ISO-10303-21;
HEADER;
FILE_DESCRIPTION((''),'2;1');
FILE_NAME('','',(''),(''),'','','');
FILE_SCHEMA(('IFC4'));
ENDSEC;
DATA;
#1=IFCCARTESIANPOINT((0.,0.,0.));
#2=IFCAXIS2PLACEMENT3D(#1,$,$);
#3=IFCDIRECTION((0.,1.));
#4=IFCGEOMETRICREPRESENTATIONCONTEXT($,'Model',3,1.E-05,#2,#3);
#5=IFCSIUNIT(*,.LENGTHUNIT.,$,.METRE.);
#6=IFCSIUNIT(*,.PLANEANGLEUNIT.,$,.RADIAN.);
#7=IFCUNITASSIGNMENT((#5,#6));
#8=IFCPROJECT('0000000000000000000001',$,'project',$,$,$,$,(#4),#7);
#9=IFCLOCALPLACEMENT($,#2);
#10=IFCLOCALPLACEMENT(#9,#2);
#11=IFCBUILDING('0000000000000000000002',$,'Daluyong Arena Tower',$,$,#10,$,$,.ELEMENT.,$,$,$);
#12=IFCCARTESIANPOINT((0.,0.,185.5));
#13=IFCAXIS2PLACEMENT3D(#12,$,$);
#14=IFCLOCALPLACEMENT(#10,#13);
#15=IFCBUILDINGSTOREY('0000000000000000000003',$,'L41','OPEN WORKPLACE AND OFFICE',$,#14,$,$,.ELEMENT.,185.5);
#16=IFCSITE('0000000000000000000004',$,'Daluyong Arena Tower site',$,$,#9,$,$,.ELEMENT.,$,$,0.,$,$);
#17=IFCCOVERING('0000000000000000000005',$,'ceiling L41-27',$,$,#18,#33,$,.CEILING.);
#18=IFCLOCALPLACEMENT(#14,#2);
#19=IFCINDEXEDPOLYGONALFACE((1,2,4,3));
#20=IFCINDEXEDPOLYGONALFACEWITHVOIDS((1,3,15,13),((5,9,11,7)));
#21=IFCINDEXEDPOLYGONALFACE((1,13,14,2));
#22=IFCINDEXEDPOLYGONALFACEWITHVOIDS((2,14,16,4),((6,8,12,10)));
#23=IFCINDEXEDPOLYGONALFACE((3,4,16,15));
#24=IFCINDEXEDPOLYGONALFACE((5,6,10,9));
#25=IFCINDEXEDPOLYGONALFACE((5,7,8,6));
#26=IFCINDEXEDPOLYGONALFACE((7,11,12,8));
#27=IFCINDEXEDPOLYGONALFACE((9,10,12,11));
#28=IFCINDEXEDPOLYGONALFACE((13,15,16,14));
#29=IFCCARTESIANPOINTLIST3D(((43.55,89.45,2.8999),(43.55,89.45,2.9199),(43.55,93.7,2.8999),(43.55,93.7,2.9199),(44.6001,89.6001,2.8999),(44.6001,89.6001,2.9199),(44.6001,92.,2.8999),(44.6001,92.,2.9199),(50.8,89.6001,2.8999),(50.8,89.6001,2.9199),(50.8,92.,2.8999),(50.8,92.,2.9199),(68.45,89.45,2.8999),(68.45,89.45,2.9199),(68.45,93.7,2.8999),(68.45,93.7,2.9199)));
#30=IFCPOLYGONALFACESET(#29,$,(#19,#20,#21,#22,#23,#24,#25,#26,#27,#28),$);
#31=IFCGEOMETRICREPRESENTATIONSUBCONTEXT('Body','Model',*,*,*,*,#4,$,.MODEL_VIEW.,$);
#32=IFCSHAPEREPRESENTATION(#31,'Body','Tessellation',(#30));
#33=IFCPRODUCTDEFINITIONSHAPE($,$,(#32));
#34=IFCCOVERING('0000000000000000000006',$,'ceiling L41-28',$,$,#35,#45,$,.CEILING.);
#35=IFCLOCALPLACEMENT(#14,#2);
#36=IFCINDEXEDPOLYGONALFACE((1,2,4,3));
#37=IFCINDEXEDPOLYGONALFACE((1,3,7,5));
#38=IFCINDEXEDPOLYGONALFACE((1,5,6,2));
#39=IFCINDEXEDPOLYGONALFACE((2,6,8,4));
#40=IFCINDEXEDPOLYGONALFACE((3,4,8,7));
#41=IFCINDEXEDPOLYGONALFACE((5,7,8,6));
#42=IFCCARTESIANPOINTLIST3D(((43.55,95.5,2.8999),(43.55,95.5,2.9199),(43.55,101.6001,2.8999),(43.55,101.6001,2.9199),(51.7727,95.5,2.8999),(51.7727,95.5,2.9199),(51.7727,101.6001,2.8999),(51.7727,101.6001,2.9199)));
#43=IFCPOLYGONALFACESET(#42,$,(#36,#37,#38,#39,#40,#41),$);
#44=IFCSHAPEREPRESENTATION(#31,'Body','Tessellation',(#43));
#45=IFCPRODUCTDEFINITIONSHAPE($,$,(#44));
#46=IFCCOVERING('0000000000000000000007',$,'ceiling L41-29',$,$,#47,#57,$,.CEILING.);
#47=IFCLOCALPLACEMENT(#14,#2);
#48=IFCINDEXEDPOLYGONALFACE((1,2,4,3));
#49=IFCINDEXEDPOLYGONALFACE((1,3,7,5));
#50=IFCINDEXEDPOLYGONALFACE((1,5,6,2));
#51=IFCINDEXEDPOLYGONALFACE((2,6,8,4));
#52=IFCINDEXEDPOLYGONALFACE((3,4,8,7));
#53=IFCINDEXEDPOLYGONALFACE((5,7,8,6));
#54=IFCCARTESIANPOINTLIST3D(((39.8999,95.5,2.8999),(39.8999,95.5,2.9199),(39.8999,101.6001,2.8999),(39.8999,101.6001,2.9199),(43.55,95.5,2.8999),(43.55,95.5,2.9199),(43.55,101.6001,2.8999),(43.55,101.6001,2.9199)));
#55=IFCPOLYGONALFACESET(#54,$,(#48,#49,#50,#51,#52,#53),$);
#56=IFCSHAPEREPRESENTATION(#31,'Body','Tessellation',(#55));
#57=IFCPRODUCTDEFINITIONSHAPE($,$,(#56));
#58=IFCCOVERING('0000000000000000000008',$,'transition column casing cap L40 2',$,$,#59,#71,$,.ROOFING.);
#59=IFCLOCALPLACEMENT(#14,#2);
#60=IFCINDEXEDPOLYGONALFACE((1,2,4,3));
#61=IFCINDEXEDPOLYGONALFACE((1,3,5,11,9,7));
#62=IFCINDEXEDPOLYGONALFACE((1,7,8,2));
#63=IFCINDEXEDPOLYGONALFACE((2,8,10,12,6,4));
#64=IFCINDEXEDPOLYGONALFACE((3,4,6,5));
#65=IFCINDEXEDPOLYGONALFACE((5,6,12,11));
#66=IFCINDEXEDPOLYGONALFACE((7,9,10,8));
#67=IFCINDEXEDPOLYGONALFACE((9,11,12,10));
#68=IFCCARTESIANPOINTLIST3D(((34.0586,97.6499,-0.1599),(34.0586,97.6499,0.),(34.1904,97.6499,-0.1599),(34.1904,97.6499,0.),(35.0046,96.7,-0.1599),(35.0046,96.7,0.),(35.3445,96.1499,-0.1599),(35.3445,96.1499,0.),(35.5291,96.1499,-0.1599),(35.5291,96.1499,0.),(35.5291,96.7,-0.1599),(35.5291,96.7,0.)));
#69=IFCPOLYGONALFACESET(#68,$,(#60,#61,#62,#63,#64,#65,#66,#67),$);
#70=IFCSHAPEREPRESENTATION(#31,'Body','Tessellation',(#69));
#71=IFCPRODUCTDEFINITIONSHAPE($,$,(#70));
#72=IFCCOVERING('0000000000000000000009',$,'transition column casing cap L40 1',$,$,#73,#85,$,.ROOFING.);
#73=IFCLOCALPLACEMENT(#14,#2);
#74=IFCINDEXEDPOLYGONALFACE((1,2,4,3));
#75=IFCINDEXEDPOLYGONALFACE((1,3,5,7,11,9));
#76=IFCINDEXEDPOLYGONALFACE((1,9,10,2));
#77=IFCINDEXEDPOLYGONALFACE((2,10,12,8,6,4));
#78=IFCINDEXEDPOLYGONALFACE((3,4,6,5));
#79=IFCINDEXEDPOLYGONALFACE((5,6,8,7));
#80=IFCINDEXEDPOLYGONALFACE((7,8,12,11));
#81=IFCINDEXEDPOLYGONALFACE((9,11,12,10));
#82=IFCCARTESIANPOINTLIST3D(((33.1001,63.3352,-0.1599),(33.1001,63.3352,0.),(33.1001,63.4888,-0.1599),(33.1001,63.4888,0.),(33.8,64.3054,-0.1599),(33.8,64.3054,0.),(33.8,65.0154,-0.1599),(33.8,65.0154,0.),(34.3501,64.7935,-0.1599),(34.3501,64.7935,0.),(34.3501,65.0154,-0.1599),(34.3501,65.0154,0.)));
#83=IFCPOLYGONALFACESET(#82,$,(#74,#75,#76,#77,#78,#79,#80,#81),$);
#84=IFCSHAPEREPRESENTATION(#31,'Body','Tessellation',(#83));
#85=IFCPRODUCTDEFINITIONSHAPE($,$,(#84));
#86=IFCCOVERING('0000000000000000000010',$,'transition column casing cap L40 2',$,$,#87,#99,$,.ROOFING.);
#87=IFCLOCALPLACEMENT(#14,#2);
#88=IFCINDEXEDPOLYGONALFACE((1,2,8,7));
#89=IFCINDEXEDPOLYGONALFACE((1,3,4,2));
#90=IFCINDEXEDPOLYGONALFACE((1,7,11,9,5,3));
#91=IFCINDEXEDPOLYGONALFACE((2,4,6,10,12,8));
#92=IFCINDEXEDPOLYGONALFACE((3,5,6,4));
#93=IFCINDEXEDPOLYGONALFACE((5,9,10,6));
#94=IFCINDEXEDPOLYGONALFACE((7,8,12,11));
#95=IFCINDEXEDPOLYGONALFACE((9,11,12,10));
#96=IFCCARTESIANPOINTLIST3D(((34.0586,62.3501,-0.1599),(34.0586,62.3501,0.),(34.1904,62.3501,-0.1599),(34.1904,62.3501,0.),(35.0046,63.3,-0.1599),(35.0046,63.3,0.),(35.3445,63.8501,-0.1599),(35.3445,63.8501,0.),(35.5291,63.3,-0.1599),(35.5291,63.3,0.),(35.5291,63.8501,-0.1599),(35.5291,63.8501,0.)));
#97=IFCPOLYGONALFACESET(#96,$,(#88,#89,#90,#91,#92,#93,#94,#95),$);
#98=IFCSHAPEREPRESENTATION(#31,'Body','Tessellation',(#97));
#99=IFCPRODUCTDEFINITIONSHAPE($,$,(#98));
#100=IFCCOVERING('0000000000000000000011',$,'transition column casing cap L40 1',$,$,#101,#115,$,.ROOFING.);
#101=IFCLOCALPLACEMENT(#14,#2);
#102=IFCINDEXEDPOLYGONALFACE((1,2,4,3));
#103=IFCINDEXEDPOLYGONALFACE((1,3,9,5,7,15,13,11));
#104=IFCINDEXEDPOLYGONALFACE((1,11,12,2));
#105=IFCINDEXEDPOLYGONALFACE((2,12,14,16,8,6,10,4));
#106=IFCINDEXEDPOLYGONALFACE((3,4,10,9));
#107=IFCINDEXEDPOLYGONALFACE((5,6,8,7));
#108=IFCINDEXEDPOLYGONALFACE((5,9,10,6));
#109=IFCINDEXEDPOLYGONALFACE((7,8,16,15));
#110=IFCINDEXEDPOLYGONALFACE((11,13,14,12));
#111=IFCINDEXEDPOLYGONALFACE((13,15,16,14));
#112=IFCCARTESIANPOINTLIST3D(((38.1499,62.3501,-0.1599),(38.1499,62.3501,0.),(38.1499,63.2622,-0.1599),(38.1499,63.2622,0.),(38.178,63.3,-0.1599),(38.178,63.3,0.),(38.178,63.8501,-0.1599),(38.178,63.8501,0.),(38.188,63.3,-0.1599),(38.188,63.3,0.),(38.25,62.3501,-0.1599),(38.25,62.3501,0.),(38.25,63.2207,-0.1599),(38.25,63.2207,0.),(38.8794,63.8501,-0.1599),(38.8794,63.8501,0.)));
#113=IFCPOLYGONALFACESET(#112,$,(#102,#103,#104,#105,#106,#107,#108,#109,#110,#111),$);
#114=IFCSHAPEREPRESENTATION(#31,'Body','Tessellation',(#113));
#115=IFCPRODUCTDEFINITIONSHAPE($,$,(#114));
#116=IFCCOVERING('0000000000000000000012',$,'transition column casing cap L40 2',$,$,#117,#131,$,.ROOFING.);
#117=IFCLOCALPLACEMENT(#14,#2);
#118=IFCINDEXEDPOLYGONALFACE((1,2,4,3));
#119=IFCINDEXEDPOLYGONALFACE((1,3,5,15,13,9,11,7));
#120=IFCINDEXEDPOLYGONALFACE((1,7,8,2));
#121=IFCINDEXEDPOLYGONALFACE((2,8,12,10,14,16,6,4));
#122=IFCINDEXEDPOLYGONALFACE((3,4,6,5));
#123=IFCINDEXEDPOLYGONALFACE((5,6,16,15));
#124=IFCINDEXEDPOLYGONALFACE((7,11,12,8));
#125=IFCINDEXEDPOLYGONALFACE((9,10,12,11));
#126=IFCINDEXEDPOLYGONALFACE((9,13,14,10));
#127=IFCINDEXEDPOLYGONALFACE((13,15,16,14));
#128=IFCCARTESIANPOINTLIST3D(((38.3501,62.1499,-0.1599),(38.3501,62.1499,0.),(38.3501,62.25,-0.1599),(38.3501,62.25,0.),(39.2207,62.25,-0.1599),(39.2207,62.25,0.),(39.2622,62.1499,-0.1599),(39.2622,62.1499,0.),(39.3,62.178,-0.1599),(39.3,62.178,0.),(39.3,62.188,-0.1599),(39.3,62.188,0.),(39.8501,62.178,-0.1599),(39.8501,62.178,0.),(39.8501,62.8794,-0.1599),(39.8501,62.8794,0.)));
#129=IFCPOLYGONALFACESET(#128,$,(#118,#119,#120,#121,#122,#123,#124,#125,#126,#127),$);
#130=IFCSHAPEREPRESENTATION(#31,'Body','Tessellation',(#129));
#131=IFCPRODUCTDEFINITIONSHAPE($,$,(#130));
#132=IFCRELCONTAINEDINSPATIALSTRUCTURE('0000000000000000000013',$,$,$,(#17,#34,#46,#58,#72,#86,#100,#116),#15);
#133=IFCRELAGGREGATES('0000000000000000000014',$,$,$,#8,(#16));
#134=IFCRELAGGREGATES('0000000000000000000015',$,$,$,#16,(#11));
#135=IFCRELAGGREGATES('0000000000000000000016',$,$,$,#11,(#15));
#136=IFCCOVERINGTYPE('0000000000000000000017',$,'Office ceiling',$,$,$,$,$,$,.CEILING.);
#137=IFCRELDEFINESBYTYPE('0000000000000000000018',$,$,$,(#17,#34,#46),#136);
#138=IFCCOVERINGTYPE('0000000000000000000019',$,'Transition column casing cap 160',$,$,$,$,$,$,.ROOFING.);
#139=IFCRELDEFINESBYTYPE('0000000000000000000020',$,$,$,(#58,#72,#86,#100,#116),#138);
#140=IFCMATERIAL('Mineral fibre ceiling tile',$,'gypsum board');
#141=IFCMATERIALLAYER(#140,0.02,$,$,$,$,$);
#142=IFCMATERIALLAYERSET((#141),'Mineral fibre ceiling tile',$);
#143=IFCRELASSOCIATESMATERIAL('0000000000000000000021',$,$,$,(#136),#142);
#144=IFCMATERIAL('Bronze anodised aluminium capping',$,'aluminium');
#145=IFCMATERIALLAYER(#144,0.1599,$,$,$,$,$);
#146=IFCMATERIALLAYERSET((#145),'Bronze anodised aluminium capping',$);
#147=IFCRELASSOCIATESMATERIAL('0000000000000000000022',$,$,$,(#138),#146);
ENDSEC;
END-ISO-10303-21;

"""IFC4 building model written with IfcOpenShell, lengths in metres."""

from ifc_helpers import new_model, si_unit, direction, frame, origin, place, context, subcontext, project, spatial, polyline, outline, extrude, material, layer, layer_set, type_object, element, save


model = new_model("IFC4")

# Units and contexts
model_context = context("Model", 3, precision=1e-05, world=origin(), true_north=direction((0.0, 1.0)))
body_context = subcontext(model_context, "Body", "Model", "MODEL_VIEW")
ifc_project = project(units=[si_unit("LENGTHUNIT", "METRE"), si_unit("PLANEANGLEUNIT", "RADIAN")], contexts=[model_context])

# Site, building, storey
site_placement = place(None, origin())
site = spatial("IfcSite", under=ifc_project, at=site_placement, Name="Daluyong Arena Tower site", CompositionType="ELEMENT", RefElevation=0.0)
building_placement = place(site_placement, origin())
building = spatial("IfcBuilding", under=site, at=building_placement, Name="Daluyong Arena Tower", CompositionType="ELEMENT")
storey_placement = place(building_placement, frame((0.0, 0.0, 185.5)))
storey = spatial("IfcBuildingStorey", under=building, at=storey_placement, Name="L41", Description="OPEN WORKPLACE AND OFFICE", CompositionType="ELEMENT", Elevation=185.5)

# Coverings
ifc_material_1 = material(Name="Mineral fibre ceiling tile", Category="gypsum board")
ifc_layer_1 = layer(ifc_material_1, 0.02)
ifc_layer_set_1 = layer_set([ifc_layer_1], Name="Mineral fibre ceiling tile")
covering_type_1 = type_object("IfcCoveringType", Name="Office ceiling", PredefinedType="CEILING", material=ifc_layer_set_1)
covering_1_placement = place(storey_placement, frame((0.0, 0.0, 2.8999)))
element("IfcCovering", 1, at=covering_1_placement, inside=storey, type_object=covering_type_1, Name="ceiling L41-27", PredefinedType="CEILING", context=body_context, shape_type="SweptSolid", body=[
    extrude(outline(polyline([(43.55, 89.45), (68.45, 89.45), (68.45, 93.7), (43.55, 93.7), (43.55, 89.45)]), holes=[polyline([(50.8, 89.6001), (44.6001, 89.6001), (44.6001, 92.0), (50.8, 92.0), (50.8, 89.6001)])]), origin(), (0.0, 0.0, 1.0), 0.02),
])
covering_2_placement = place(storey_placement, frame((0.0, 0.0, 2.8999)))
element("IfcCovering", 2, at=covering_2_placement, inside=storey, type_object=covering_type_1, Name="ceiling L41-28", PredefinedType="CEILING", context=body_context, shape_type="SweptSolid", body=[
    extrude(outline(polyline([(51.7727, 101.6001), (43.55, 101.6001), (43.55, 95.5), (51.7727, 95.5), (51.7727, 101.6001)])), origin(), (0.0, 0.0, 1.0), 0.02),
])
covering_3_placement = place(storey_placement, frame((0.0, 0.0, 2.8999)))
element("IfcCovering", 3, at=covering_3_placement, inside=storey, type_object=covering_type_1, Name="ceiling L41-29", PredefinedType="CEILING", context=body_context, shape_type="SweptSolid", body=[
    extrude(outline(polyline([(39.8999, 95.5), (43.55, 95.5), (43.55, 101.6001), (39.8999, 101.6001), (39.8999, 95.5)])), origin(), (0.0, 0.0, 1.0), 0.02),
])
ifc_material_2 = material(Name="Bronze anodised aluminium capping", Category="aluminium")
ifc_layer_2 = layer(ifc_material_2, 0.1599)
ifc_layer_set_2 = layer_set([ifc_layer_2], Name="Bronze anodised aluminium capping")
covering_type_2 = type_object("IfcCoveringType", Name="Transition column casing cap 160", PredefinedType="ROOFING", material=ifc_layer_set_2)
covering_4_placement = place(storey_placement, frame((0.0, 0.0, -0.1599)))
element("IfcCovering", 4, at=covering_4_placement, inside=storey, type_object=covering_type_2, Name="transition column casing cap L40 2", PredefinedType="ROOFING", context=body_context, shape_type="SweptSolid", body=[
    extrude(outline(polyline([(35.5291, 96.7), (35.5291, 96.1499), (35.3445, 96.1499), (34.0586, 97.6499), (34.1904, 97.6499), (35.0046, 96.7), (35.5291, 96.7)])), origin(), (0.0, 0.0, 1.0), 0.1599),
])
covering_5_placement = place(storey_placement, frame((0.0, 0.0, -0.1599)))
element("IfcCovering", 5, at=covering_5_placement, inside=storey, type_object=covering_type_2, Name="transition column casing cap L40 1", PredefinedType="ROOFING", context=body_context, shape_type="SweptSolid", body=[
    extrude(outline(polyline([(33.8, 65.0154), (34.3501, 65.0154), (34.3501, 64.7935), (33.1001, 63.3352), (33.1001, 63.4888), (33.8, 64.3054), (33.8, 65.0154)])), origin(), (0.0, 0.0, 1.0), 0.1599),
])
covering_6_placement = place(storey_placement, frame((0.0, 0.0, -0.1599)))
element("IfcCovering", 6, at=covering_6_placement, inside=storey, type_object=covering_type_2, Name="transition column casing cap L40 2", PredefinedType="ROOFING", context=body_context, shape_type="SweptSolid", body=[
    extrude(outline(polyline([(35.5291, 63.3), (35.0046, 63.3), (34.1904, 62.3501), (34.0586, 62.3501), (35.3445, 63.8501), (35.5291, 63.8501), (35.5291, 63.3)])), origin(), (0.0, 0.0, 1.0), 0.1599),
])
covering_7_placement = place(storey_placement, frame((0.0, 0.0, -0.1599)))
element("IfcCovering", 7, at=covering_7_placement, inside=storey, type_object=covering_type_2, Name="transition column casing cap L40 1", PredefinedType="ROOFING", context=body_context, shape_type="SweptSolid", body=[
    extrude(outline(polyline([(38.188, 63.3), (38.178, 63.3), (38.178, 63.8501), (38.8794, 63.8501), (38.25, 63.2207), (38.25, 62.3501), (38.1499, 62.3501), (38.1499, 63.2622), (38.188, 63.3)])), origin(), (0.0, 0.0, 1.0), 0.1599),
])
covering_8_placement = place(storey_placement, frame((0.0, 0.0, -0.1599)))
element("IfcCovering", 8, at=covering_8_placement, inside=storey, type_object=covering_type_2, Name="transition column casing cap L40 2", PredefinedType="ROOFING", context=body_context, shape_type="SweptSolid", body=[
    extrude(outline(polyline([(39.8501, 62.8794), (39.8501, 62.178), (39.3, 62.178), (39.3, 62.188), (39.2622, 62.1499), (38.3501, 62.1499), (38.3501, 62.25), (39.2207, 62.25), (39.8501, 62.8794)])), origin(), (0.0, 0.0, 1.0), 0.1599),
])

save(model, "model.ifc")
